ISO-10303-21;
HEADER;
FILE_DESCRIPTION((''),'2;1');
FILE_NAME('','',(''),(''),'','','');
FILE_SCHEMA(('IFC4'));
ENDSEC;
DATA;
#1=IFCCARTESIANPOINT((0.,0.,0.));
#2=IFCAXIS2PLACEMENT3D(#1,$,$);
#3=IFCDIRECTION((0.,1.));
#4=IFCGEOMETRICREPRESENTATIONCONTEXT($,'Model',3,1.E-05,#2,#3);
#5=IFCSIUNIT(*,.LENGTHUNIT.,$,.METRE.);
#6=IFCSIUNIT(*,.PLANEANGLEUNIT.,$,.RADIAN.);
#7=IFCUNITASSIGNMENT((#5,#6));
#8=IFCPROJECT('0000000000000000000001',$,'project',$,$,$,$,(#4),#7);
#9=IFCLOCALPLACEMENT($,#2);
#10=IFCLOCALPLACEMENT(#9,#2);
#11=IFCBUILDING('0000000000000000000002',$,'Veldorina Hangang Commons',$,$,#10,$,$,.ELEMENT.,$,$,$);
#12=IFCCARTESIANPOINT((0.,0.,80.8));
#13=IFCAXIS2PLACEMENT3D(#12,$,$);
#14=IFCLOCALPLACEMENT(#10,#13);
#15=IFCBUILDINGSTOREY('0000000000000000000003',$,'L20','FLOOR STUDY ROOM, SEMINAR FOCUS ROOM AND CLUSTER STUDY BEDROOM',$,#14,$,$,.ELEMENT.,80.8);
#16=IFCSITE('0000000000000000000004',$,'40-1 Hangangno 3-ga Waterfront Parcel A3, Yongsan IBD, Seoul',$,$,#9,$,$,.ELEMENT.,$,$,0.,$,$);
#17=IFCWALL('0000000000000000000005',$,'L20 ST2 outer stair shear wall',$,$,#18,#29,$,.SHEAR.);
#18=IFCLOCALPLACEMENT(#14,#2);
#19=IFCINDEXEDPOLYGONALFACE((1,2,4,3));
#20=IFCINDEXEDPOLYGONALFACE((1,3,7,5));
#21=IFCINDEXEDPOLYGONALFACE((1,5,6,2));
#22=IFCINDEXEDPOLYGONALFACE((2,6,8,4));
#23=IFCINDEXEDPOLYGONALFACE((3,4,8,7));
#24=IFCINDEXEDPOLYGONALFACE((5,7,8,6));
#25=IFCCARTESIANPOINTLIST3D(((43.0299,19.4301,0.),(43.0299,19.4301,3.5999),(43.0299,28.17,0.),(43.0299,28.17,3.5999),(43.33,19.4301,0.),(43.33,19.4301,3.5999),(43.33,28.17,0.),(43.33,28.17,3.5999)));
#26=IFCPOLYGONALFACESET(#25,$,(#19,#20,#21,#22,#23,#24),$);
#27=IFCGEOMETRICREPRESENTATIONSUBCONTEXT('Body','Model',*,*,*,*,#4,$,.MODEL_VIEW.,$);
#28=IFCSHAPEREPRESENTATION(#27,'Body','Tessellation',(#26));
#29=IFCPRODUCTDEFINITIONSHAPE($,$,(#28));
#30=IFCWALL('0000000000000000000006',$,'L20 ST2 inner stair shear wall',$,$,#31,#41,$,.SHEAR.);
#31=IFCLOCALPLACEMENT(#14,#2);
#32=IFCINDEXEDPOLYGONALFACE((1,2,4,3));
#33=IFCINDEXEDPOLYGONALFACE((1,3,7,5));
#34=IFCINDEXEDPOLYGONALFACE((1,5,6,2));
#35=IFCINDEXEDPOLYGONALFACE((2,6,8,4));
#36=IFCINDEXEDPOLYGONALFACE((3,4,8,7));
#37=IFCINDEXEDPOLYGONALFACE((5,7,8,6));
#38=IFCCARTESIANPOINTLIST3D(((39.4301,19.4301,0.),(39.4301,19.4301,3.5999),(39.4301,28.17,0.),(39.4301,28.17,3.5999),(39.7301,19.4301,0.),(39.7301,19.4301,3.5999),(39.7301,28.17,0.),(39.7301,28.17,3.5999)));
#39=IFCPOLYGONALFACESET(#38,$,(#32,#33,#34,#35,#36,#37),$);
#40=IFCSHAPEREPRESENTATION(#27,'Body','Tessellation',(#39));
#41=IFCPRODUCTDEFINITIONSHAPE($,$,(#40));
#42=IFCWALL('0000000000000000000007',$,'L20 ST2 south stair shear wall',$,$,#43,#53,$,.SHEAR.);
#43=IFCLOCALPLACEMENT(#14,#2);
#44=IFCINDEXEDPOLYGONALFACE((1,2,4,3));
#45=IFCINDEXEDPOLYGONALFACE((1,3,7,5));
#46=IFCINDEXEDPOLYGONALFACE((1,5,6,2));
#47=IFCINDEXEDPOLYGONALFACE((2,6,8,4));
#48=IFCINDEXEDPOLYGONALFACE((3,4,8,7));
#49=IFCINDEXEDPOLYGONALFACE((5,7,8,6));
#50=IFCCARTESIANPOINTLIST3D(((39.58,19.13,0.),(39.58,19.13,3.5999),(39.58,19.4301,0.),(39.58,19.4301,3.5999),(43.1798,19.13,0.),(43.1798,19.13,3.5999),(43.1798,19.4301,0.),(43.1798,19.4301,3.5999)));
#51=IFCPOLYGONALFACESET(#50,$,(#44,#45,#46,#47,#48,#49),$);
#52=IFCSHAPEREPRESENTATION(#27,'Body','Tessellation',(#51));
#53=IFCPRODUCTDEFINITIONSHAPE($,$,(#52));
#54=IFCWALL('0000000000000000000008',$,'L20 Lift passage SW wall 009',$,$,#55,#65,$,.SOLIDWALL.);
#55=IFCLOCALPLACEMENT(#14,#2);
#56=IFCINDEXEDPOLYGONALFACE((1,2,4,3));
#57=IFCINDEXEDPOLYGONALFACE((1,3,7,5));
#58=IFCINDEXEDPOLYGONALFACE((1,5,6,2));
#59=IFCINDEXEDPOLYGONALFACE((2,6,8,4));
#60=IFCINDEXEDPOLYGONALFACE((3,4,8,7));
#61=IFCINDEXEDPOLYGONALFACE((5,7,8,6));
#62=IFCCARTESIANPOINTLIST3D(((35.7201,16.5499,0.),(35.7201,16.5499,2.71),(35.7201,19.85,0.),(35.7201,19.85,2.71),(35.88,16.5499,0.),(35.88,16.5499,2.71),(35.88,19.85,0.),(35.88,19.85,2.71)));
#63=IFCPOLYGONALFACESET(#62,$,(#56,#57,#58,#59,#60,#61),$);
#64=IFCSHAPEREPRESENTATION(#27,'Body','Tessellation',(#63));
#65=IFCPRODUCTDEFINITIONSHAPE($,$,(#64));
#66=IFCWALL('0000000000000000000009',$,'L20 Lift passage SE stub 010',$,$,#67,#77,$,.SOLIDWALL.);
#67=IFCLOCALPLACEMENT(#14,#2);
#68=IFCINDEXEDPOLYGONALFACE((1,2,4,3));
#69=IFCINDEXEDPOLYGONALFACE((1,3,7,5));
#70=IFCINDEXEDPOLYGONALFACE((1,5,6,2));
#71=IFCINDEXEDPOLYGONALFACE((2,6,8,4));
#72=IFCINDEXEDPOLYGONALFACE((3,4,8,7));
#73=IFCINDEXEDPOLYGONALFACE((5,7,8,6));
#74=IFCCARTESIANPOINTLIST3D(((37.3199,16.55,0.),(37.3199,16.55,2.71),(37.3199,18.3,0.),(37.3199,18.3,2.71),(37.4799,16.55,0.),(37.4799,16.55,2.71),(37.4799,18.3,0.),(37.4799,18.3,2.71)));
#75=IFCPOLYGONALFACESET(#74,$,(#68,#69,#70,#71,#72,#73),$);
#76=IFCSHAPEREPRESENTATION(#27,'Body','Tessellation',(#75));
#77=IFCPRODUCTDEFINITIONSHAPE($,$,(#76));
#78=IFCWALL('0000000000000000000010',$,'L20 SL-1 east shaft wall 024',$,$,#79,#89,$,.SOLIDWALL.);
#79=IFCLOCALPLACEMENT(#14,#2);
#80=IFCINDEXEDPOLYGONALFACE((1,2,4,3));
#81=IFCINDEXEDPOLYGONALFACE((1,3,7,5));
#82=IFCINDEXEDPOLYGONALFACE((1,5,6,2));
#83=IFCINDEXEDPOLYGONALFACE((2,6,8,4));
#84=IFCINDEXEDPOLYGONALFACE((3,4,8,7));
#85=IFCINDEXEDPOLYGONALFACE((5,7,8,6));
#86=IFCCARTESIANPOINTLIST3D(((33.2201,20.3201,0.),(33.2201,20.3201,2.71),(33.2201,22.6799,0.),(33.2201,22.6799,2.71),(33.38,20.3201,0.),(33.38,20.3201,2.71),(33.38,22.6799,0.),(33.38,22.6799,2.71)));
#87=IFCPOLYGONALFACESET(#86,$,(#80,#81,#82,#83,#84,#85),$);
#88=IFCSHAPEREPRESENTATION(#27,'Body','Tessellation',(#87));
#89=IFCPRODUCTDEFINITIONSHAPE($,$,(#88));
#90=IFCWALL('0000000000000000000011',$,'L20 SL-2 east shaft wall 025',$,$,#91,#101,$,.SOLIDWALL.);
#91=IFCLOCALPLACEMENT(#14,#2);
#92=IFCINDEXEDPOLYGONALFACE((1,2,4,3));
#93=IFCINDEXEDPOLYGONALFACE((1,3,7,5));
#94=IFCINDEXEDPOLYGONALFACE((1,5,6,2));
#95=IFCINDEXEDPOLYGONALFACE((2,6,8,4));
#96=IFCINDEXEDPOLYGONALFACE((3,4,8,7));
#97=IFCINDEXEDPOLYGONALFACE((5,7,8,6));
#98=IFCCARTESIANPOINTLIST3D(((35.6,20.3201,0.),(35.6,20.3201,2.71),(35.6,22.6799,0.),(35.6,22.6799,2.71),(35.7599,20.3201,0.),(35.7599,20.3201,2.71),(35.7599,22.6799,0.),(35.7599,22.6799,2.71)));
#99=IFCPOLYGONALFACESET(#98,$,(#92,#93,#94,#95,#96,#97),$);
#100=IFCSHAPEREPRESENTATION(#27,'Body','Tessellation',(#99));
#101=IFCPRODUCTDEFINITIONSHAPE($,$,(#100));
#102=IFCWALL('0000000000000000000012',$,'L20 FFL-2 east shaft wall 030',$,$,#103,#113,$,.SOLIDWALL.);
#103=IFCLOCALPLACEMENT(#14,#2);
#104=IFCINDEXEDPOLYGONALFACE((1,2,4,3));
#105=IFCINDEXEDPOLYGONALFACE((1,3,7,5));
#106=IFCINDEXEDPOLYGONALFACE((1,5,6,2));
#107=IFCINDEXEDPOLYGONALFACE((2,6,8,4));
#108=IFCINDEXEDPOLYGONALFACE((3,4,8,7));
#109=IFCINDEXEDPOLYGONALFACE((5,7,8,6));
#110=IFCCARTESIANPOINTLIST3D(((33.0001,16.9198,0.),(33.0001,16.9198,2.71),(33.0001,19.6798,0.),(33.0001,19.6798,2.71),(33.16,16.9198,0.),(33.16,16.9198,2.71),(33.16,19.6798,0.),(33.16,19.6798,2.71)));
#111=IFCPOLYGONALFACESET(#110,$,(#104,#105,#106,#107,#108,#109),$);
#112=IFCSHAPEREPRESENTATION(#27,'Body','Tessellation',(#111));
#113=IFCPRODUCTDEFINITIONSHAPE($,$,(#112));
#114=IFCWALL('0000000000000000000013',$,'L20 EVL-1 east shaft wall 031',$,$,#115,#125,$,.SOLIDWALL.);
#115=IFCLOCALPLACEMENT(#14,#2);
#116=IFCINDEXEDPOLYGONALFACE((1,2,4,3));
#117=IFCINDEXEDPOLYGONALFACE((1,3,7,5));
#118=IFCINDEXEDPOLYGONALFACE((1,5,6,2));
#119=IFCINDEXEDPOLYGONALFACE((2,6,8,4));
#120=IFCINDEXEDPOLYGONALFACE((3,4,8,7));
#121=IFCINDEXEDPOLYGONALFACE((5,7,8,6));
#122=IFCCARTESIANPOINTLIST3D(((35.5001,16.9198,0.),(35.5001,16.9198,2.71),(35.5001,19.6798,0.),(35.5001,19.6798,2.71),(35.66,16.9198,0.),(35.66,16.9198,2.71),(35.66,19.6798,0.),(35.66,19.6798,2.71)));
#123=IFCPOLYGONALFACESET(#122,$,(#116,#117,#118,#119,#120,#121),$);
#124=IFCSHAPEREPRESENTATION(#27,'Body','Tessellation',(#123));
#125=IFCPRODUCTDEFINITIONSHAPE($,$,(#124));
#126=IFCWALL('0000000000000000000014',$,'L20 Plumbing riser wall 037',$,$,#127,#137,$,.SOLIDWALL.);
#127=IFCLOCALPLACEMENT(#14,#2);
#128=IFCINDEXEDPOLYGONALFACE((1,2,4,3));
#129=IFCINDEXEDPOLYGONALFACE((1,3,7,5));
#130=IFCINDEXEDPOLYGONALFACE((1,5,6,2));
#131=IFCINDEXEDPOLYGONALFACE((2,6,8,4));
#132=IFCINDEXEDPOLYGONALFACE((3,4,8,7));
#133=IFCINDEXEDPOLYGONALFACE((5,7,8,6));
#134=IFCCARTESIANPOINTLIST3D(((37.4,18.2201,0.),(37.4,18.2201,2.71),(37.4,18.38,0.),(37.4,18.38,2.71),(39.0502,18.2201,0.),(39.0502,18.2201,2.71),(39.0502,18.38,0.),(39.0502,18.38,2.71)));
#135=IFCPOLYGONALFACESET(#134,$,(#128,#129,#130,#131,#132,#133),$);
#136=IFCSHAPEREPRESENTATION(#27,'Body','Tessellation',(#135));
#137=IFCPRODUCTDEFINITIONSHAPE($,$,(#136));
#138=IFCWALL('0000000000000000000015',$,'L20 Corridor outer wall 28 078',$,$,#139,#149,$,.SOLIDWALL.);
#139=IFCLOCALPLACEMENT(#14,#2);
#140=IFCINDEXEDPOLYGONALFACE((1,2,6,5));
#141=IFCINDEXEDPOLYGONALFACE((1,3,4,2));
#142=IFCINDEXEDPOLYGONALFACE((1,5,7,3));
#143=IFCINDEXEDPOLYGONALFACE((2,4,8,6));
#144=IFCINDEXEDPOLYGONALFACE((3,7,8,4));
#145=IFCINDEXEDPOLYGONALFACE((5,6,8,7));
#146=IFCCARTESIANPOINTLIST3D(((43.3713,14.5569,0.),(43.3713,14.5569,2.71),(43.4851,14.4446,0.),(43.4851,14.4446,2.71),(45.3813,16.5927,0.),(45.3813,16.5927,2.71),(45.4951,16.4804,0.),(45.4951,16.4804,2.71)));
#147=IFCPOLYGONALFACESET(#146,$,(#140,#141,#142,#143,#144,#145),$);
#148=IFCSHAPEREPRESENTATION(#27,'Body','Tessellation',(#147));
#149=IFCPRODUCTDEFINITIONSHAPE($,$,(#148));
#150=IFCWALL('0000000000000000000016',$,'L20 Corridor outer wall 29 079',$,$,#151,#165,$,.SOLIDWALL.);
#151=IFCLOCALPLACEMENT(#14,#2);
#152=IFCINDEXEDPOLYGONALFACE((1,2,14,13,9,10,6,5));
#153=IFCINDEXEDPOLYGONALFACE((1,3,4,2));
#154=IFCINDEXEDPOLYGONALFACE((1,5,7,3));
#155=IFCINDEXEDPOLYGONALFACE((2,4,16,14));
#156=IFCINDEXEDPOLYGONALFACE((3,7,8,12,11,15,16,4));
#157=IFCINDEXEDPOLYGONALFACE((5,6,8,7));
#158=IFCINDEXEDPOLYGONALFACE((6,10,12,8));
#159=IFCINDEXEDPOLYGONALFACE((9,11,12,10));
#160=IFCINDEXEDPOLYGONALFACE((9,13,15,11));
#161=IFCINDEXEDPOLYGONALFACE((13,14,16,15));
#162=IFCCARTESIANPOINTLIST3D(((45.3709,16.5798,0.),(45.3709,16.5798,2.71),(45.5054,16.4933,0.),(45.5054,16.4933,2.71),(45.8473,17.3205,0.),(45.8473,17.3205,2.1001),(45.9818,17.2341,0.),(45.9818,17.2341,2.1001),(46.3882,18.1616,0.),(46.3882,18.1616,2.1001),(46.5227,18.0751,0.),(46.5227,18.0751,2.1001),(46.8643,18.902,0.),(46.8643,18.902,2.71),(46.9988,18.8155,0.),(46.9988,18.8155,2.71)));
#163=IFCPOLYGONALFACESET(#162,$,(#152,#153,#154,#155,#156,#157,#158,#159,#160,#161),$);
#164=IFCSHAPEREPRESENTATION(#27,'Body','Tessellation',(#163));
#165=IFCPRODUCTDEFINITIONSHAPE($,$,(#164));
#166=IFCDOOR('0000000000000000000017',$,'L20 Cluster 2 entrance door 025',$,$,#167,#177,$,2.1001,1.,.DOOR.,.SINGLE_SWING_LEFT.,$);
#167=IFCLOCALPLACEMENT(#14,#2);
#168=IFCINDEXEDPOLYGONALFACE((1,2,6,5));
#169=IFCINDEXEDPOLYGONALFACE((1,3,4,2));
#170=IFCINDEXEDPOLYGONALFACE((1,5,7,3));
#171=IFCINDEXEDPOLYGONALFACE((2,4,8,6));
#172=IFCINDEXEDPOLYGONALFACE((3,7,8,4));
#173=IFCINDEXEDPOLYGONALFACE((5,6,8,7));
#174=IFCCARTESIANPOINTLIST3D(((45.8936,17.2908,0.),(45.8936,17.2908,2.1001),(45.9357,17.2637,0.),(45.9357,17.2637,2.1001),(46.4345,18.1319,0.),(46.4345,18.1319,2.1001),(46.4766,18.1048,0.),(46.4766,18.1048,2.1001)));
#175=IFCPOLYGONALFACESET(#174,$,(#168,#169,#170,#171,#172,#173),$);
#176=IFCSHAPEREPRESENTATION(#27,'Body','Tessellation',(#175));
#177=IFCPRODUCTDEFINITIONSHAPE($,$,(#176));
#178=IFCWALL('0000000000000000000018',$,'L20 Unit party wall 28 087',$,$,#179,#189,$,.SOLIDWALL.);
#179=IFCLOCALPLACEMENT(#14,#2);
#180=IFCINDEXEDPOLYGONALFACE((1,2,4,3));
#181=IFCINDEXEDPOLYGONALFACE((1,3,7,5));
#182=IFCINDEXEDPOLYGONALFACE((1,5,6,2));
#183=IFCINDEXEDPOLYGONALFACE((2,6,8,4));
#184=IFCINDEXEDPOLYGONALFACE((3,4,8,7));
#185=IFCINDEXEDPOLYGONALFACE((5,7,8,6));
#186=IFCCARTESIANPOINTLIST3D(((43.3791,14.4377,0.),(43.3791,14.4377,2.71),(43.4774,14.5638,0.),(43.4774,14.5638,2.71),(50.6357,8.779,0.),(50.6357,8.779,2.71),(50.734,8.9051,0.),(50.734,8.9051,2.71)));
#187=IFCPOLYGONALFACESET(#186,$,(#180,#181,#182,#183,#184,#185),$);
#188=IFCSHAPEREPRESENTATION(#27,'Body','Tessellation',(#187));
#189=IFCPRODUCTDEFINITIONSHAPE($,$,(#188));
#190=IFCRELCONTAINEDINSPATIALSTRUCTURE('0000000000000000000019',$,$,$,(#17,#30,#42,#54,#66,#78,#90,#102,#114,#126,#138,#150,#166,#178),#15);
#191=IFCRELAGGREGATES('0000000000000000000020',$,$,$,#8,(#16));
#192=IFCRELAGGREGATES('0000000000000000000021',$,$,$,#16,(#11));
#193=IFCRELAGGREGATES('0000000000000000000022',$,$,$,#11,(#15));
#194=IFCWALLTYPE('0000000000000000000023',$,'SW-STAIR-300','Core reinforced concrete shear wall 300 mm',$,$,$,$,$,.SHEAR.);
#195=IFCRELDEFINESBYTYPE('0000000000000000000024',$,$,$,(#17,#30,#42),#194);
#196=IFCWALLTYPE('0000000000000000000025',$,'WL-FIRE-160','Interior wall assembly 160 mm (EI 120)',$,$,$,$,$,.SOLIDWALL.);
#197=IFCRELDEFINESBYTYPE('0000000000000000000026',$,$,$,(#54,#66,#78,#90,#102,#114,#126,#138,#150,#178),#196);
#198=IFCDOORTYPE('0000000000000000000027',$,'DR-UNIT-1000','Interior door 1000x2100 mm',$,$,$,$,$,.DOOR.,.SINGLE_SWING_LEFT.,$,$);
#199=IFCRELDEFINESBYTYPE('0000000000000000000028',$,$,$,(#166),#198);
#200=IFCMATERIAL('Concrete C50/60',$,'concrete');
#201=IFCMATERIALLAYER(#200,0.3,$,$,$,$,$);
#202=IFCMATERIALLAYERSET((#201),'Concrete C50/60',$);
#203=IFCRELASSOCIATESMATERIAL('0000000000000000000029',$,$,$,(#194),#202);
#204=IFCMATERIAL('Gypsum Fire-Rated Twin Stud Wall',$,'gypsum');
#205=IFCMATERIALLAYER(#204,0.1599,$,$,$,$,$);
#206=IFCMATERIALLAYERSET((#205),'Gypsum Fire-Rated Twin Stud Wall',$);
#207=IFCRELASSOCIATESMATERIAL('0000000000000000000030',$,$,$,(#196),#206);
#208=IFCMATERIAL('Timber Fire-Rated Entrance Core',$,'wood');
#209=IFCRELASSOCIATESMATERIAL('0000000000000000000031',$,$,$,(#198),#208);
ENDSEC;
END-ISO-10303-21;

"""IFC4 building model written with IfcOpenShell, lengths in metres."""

from ifc_helpers import new_model, si_unit, direction, frame, frame_2d, origin, place, context, subcontext, project, spatial, rectangle, extrude, material, layer, layer_set, type_object, element, fill, save


model = new_model("IFC4")

# Units and contexts
model_context = context("Model", 3, precision=1e-05, world=origin(), true_north=direction((0.0, 1.0)))
body_context = subcontext(model_context, "Body", "Model", "MODEL_VIEW")
ifc_project = project(units=[si_unit("LENGTHUNIT", "METRE"), si_unit("PLANEANGLEUNIT", "RADIAN")], contexts=[model_context])

# Site, building, storey
site_placement = place(None, origin())
site = spatial("IfcSite", under=ifc_project, at=site_placement, Name="40-1 Hangangno 3-ga Waterfront Parcel A3, Yongsan IBD, Seoul", CompositionType="ELEMENT", RefElevation=0.0)
building_placement = place(site_placement, origin())
building = spatial("IfcBuilding", under=site, at=building_placement, Name="Veldorina Hangang Commons", CompositionType="ELEMENT")
storey_placement = place(building_placement, frame((0.0, 0.0, 80.8)))
storey = spatial("IfcBuildingStorey", under=building, at=storey_placement, Name="L20", Description="FLOOR STUDY ROOM, SEMINAR FOCUS ROOM AND CLUSTER STUDY BEDROOM", CompositionType="ELEMENT", Elevation=80.8)

# Walls
ifc_material_1 = material(Name="Concrete C50/60", Category="concrete")
ifc_layer_1 = layer(ifc_material_1, 0.3)
ifc_layer_set_1 = layer_set([ifc_layer_1], Name="Concrete C50/60")
wall_type_1 = type_object("IfcWallType", Name="SW-STAIR-300", Description="Core reinforced concrete shear wall 300 mm", PredefinedType="SHEAR", material=ifc_layer_set_1)
for number, where, z_axis, x_axis, name in (
    (1, (43.1799, 19.4299, 0.0), (0.0, 0.0, 1.0), (0.0, 1.0, 0.0), "L20 ST2 outer stair shear wall"),
    (2, (39.5801, 19.4299, 0.0), (0.0, 0.0, 1.0), (0.0, 1.0, 0.0), "L20 ST2 inner stair shear wall"),
):
    element("IfcWall", number, at=place(storey_placement, frame(where, z_axis=z_axis, x_axis=x_axis)), inside=storey, type_object=wall_type_1, Name=name, PredefinedType="SHEAR", context=body_context, shape_type="SweptSolid", body=[
        extrude(rectangle(XDim=8.74, YDim=0.3, at=frame_2d((4.3701, 0.0))), origin(), (0.0, 0.0, 1.0), 3.5999),
    ])
wall_1_placement = place(storey_placement, frame((39.5801, 19.28, 0.0), z_axis=(0.0, 0.0, 1.0), x_axis=(1.0, 0.0, 0.0)))
element("IfcWall", 3, at=wall_1_placement, inside=storey, type_object=wall_type_1, Name="L20 ST2 south stair shear wall", PredefinedType="SHEAR", context=body_context, shape_type="SweptSolid", body=[
    extrude(rectangle(XDim=3.5999, YDim=0.3, at=frame_2d((1.7998, 0.0))), origin(), (0.0, 0.0, 1.0), 3.5999),
])
ifc_material_2 = material(Name="Gypsum Fire-Rated Twin Stud Wall", Category="gypsum")
ifc_layer_2 = layer(ifc_material_2, 0.1599)
ifc_layer_set_2 = layer_set([ifc_layer_2], Name="Gypsum Fire-Rated Twin Stud Wall")
wall_type_2 = type_object("IfcWallType", Name="WL-FIRE-160", Description="Interior wall assembly 160 mm (EI 120)", PredefinedType="SOLIDWALL", material=ifc_layer_set_2)
wall_2_placement = place(storey_placement, frame((35.8, 16.55, 0.0), z_axis=(0.0, 0.0, 1.0), x_axis=(0.0, 1.0, 0.0)))
element("IfcWall", 4, at=wall_2_placement, inside=storey, type_object=wall_type_2, Name="L20 Lift passage SW wall 009", PredefinedType="SOLIDWALL", context=body_context, shape_type="SweptSolid", body=[
    extrude(rectangle(XDim=3.3, YDim=0.1599, at=frame_2d((1.6499, 0.0))), origin(), (0.0, 0.0, 1.0), 2.71),
])
wall_3_placement = place(storey_placement, frame((37.3999, 16.55, 0.0), z_axis=(0.0, 0.0, 1.0), x_axis=(0.0, 1.0, 0.0)))
element("IfcWall", 5, at=wall_3_placement, inside=storey, type_object=wall_type_2, Name="L20 Lift passage SE stub 010", PredefinedType="SOLIDWALL", context=body_context, shape_type="SweptSolid", body=[
    extrude(rectangle(XDim=1.75, YDim=0.1599, at=frame_2d((0.875, 0.0))), origin(), (0.0, 0.0, 1.0), 2.71),
])
for number, where, z_axis, x_axis, name in (
    (6, (33.3, 20.3201, 0.0), (0.0, 0.0, 1.0), (0.0, 1.0, 0.0), "L20 SL-1 east shaft wall 024"),
    (7, (35.6799, 20.3201, 0.0), (0.0, 0.0, 1.0), (0.0, 1.0, 0.0), "L20 SL-2 east shaft wall 025"),
):
    element("IfcWall", number, at=place(storey_placement, frame(where, z_axis=z_axis, x_axis=x_axis)), inside=storey, type_object=wall_type_2, Name=name, PredefinedType="SOLIDWALL", context=body_context, shape_type="SweptSolid", body=[
        extrude(rectangle(XDim=2.3599, YDim=0.1599, at=frame_2d((1.1799, 0.0))), origin(), (0.0, 0.0, 1.0), 2.71),
    ])
for number, where, z_axis, x_axis, name in (
    (8, (33.0801, 16.9199, 0.0), (0.0, 0.0, 1.0), (0.0, 1.0, 0.0), "L20 FFL-2 east shaft wall 030"),
    (9, (35.5801, 16.9199, 0.0), (0.0, 0.0, 1.0), (0.0, 1.0, 0.0), "L20 EVL-1 east shaft wall 031"),
):
    element("IfcWall", number, at=place(storey_placement, frame(where, z_axis=z_axis, x_axis=x_axis)), inside=storey, type_object=wall_type_2, Name=name, PredefinedType="SOLIDWALL", context=body_context, shape_type="SweptSolid", body=[
        extrude(rectangle(XDim=2.76, YDim=0.1599, at=frame_2d((1.3799, 0.0))), origin(), (0.0, 0.0, 1.0), 2.71),
    ])
wall_4_placement = place(storey_placement, frame((37.3999, 18.3, 0.0), z_axis=(0.0, 0.0, 1.0), x_axis=(1.0, 0.0, 0.0)))
element("IfcWall", 10, at=wall_4_placement, inside=storey, type_object=wall_type_2, Name="L20 Plumbing riser wall 037", PredefinedType="SOLIDWALL", context=body_context, shape_type="SweptSolid", body=[
    extrude(rectangle(XDim=1.6501, YDim=0.1599, at=frame_2d((0.8252, 0.0))), origin(), (0.0, 0.0, 1.0), 2.71),
])
wall_5_placement = place(storey_placement, frame((43.4282, 14.5007, 0.0), z_axis=(0.0, 0.0, 1.0), x_axis=(0.70257, 0.711615, 0.0)))
element("IfcWall", 11, at=wall_5_placement, inside=storey, type_object=wall_type_2, Name="L20 Corridor outer wall 28 078", PredefinedType="SOLIDWALL", context=body_context, shape_type="SweptSolid", body=[
    extrude(rectangle(XDim=2.8608, YDim=0.1599, at=frame_2d((1.4304, 0.0))), origin(), (0.0, 0.0, 1.0), 2.71),
])

# Wall, opening, door
wall_6_placement = place(storey_placement, frame((45.4382, 16.5366, 0.0), z_axis=(0.0, 0.0, 1.0), x_axis=(0.540892, 0.841092, 0.0)))
wall_6 = element("IfcWall", 12, at=wall_6_placement, inside=storey, type_object=wall_type_2, Name="L20 Corridor outer wall 29 079", PredefinedType="SOLIDWALL", context=body_context, shape_type="SweptSolid", body=[
    extrude(rectangle(XDim=2.761, YDim=0.1599, at=frame_2d((1.3804, 0.0))), origin(), (0.0, 0.0, 1.0), 2.71),
])
opening_1_placement = place(wall_6_placement, frame((0.8806, 0.0, 0.0)))
opening_1 = element("IfcOpeningElement", 13, at=opening_1_placement, cuts=wall_6, PredefinedType="OPENING", context=body_context, shape_type="SweptSolid", body=[
    extrude(rectangle(XDim=1.0, YDim=2.1001, at=frame_2d((0.5, 1.05))), frame((0.0, 0.0898, 0.0), z_axis=(0.0, -1.0, 0.0), x_axis=(1.0, 0.0, 0.0)), (0.0, 0.0, 1.0), 0.1799),
])
ifc_material_3 = material(Name="Timber Fire-Rated Entrance Core", Category="wood")
door_type_1 = type_object("IfcDoorType", Name="DR-UNIT-1000", Description="Interior door 1000x2100 mm", OperationType="SINGLE_SWING_LEFT", PredefinedType="DOOR", material=ifc_material_3)
door_1_placement = place(opening_1_placement, origin())
door_1 = element("IfcDoor", 14, at=door_1_placement, inside=storey, type_object=door_type_1, Name="L20 Cluster 2 entrance door 025", OperationType="SINGLE_SWING_LEFT", OverallHeight=2.1001, OverallWidth=1.0, PredefinedType="DOOR", context=body_context, shape_type="SweptSolid", body=[
    extrude(rectangle(XDim=1.0, YDim=2.1001, at=frame_2d((0.5, 1.05))), frame((0.0, 0.0249, 0.0), z_axis=(0.0, -1.0, 0.0), x_axis=(1.0, 0.0, 0.0)), (0.0, 0.0, 1.0), 0.05),
])
fill(opening_1, door_1)

# Wall
wall_7_placement = place(storey_placement, frame((43.4282, 14.5007, 0.0), z_axis=(0.0, 0.0, 1.0), x_axis=(0.788579, -0.614934, 0.0)))
element("IfcWall", 15, at=wall_7_placement, inside=storey, type_object=wall_type_2, Name="L20 Unit party wall 28 087", PredefinedType="SOLIDWALL", context=body_context, shape_type="SweptSolid", body=[
    extrude(rectangle(XDim=9.2021, YDim=0.1599, at=frame_2d((4.6011, 0.0))), origin(), (0.0, 0.0, 1.0), 2.71),
])

save(model, "model.ifc")
